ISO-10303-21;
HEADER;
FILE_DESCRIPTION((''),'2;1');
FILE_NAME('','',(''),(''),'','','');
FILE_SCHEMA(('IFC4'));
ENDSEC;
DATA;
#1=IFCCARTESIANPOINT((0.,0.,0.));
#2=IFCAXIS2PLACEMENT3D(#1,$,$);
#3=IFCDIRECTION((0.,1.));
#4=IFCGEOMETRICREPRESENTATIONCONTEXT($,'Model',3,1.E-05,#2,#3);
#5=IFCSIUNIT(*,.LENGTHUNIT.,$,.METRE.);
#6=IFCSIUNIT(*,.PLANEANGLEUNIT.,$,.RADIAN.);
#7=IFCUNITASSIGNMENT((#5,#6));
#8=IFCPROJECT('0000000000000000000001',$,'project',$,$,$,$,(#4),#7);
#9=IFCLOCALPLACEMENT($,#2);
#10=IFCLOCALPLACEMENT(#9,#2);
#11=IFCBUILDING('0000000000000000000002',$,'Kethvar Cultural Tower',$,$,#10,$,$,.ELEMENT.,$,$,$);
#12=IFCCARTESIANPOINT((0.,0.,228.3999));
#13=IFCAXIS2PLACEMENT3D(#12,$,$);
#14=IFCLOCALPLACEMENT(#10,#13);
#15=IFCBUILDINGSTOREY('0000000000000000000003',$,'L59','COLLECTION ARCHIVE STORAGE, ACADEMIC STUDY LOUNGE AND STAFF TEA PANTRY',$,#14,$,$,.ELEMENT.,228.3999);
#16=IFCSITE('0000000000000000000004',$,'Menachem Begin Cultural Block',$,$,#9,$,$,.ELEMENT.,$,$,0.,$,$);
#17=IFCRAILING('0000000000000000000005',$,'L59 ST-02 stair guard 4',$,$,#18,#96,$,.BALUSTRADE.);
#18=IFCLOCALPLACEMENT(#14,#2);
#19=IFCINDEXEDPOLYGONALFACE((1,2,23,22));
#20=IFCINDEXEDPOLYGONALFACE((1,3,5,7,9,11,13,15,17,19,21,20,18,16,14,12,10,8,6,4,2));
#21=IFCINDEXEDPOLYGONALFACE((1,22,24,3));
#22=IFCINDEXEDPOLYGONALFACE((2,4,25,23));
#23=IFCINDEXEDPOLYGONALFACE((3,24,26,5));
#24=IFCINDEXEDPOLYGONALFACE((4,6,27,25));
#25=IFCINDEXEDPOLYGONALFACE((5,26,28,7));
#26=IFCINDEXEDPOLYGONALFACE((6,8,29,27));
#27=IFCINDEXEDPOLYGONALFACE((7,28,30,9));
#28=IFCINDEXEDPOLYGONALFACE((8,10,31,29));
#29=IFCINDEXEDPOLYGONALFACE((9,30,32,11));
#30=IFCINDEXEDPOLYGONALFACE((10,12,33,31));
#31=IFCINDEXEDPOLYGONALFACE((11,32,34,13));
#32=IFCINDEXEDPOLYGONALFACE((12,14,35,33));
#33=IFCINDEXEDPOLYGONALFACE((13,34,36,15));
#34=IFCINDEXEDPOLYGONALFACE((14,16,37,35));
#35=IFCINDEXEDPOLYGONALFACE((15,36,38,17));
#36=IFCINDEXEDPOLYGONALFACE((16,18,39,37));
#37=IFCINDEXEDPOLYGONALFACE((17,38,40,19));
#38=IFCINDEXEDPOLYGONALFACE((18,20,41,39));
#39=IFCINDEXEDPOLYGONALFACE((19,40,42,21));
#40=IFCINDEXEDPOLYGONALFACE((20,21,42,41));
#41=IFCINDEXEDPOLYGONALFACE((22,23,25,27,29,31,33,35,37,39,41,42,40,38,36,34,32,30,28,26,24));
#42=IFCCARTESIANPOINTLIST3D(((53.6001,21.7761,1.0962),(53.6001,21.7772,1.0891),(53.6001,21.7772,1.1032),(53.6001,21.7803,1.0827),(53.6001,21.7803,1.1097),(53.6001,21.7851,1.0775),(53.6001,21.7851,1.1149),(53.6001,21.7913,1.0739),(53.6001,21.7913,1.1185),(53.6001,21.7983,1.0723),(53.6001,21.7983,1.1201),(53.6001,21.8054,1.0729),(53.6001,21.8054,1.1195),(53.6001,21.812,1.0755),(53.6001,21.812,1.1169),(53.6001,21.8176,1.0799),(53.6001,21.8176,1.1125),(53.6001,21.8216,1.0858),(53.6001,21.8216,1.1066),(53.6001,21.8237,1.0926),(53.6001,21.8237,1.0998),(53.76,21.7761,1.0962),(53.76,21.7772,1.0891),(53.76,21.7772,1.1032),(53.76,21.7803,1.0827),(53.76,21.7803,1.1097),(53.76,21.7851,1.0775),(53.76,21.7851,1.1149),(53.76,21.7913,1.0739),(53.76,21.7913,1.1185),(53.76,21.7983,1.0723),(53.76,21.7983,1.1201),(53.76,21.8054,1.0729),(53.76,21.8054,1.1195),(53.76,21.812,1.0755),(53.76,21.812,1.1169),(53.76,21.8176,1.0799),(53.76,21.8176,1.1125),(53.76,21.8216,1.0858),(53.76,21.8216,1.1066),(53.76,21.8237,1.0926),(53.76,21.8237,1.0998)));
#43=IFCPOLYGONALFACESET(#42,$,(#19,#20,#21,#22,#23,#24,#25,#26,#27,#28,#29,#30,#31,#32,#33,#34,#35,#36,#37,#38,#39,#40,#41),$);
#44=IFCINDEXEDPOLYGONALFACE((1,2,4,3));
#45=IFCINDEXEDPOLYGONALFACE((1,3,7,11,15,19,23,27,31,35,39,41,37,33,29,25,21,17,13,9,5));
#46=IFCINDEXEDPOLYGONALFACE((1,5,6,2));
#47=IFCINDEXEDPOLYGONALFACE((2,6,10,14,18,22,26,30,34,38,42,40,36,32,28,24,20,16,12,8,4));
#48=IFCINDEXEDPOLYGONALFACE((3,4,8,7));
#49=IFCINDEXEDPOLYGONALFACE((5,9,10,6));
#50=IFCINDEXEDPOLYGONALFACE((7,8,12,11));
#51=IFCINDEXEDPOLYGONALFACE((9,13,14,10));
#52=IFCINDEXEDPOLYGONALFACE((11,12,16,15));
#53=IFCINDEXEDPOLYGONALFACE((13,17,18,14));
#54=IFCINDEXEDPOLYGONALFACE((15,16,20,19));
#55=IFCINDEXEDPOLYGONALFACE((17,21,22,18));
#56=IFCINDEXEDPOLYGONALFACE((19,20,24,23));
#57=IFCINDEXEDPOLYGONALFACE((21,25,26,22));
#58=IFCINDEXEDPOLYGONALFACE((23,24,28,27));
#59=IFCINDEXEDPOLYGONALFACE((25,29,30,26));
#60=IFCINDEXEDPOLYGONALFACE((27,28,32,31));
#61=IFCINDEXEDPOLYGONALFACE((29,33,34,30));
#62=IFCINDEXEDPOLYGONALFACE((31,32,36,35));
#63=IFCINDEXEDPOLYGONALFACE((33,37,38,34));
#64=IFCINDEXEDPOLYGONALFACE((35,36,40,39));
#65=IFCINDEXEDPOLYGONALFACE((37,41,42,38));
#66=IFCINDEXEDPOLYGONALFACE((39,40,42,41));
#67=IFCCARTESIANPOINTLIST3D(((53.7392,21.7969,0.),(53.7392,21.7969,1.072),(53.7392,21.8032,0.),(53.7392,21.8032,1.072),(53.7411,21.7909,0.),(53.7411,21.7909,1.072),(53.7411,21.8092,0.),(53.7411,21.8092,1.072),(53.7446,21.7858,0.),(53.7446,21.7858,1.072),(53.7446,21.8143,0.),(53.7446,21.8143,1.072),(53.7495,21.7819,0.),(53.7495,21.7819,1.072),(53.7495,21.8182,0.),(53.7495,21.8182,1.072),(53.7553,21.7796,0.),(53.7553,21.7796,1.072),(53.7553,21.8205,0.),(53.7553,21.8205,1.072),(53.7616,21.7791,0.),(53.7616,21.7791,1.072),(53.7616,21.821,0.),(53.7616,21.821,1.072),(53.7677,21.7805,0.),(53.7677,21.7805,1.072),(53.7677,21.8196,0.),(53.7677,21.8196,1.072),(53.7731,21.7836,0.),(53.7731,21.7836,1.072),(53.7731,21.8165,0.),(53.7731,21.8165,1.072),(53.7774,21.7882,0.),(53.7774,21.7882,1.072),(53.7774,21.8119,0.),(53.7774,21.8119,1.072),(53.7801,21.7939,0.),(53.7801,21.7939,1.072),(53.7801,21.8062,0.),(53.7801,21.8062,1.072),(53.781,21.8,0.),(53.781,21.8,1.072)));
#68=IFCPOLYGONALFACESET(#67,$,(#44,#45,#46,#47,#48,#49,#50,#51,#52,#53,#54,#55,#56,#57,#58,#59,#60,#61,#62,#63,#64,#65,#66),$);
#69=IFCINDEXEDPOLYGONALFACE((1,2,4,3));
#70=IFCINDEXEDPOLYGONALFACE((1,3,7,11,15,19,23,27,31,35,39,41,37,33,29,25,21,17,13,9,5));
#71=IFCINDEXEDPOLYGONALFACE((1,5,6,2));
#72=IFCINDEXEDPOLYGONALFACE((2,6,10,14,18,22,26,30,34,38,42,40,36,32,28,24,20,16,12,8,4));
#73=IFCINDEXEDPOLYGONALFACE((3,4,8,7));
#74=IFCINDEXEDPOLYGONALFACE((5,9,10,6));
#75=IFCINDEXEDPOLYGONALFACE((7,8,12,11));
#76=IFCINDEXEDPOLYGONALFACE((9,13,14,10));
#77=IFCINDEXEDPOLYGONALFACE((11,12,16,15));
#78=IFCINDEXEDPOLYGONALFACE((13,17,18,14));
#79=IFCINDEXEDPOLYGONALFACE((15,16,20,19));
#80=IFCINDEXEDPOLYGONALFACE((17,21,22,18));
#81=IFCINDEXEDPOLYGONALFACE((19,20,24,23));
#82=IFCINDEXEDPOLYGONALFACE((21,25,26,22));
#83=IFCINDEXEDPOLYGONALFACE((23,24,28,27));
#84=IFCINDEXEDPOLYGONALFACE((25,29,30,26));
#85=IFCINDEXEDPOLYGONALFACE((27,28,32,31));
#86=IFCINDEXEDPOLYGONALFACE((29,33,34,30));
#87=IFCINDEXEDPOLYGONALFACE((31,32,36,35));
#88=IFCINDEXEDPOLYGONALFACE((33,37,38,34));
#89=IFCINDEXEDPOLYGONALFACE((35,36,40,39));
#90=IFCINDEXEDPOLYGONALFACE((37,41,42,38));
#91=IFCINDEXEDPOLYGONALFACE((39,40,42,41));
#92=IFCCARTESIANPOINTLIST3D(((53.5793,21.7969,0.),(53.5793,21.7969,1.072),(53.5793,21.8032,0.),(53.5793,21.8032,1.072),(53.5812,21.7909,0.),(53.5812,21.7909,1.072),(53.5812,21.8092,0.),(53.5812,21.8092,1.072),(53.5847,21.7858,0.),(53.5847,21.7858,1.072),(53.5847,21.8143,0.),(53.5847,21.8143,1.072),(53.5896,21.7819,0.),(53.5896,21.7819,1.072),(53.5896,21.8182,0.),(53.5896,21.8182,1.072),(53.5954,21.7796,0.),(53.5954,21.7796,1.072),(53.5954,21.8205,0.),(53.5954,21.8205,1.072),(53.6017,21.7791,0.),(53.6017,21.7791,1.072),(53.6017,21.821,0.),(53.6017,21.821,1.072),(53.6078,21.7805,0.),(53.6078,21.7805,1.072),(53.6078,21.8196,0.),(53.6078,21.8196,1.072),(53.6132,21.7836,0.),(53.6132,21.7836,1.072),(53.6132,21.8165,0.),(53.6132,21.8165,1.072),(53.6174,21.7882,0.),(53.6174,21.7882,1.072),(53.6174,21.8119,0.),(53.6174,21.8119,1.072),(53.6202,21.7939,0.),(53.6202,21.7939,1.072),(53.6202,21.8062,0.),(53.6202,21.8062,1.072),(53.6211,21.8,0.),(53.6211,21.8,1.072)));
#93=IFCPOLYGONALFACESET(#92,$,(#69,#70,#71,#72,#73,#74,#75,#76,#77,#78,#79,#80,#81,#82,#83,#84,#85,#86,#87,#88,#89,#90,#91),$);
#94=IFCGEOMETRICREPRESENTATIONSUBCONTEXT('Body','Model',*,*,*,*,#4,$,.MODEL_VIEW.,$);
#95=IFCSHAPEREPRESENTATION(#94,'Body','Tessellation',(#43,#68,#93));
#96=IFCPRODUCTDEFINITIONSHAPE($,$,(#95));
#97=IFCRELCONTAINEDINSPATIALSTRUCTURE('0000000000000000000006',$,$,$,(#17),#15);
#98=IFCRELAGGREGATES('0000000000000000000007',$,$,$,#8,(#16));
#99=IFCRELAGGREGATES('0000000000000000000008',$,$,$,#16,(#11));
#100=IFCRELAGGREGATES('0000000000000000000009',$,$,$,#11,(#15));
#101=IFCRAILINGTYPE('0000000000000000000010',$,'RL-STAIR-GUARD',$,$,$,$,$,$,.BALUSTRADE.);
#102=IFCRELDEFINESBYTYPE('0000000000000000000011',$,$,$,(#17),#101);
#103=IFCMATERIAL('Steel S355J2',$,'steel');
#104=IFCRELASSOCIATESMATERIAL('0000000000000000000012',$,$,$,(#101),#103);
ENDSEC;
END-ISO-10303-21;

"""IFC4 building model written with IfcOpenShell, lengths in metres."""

from ifc_helpers import new_model, si_unit, direction, frame, origin, origin_2d, place, context, subcontext, project, spatial, circle, extrude, material, type_object, element, save


model = new_model("IFC4")

# Units and contexts
model_context = context("Model", 3, precision=1e-05, world=origin(), true_north=direction((0.0, 1.0)))
body_context = subcontext(model_context, "Body", "Model", "MODEL_VIEW")
ifc_project = project(units=[si_unit("LENGTHUNIT", "METRE"), si_unit("PLANEANGLEUNIT", "RADIAN")], contexts=[model_context])

# Site, building, storey
site_placement = place(None, origin())
site = spatial("IfcSite", under=ifc_project, at=site_placement, Name="Menachem Begin Cultural Block", CompositionType="ELEMENT", RefElevation=0.0)
building_placement = place(site_placement, origin())
building = spatial("IfcBuilding", under=site, at=building_placement, Name="Kethvar Cultural Tower", CompositionType="ELEMENT")
storey_placement = place(building_placement, frame((0.0, 0.0, 228.3999)))
storey = spatial("IfcBuildingStorey", under=building, at=storey_placement, Name="L59", Description="COLLECTION ARCHIVE STORAGE, ACADEMIC STUDY LOUNGE AND STAFF TEA PANTRY", CompositionType="ELEMENT", Elevation=228.3999)

# Shared definitions
ifc_material_1 = material(Name="Steel S355J2", Category="steel")

# Railing
railing_type_1 = type_object("IfcRailingType", Name="RL-STAIR-GUARD", PredefinedType="BALUSTRADE", material=ifc_material_1)
railing_1_placement = place(storey_placement, frame((53.76, 21.8, 0.0)))
element("IfcRailing", 1, at=railing_1_placement, inside=storey, type_object=railing_type_1, Name="L59 ST-02 stair guard 4", PredefinedType="BALUSTRADE", context=body_context, shape_type="SweptSolid", body=[
    extrude(circle(Radius=0.0239, at=origin_2d()), frame((0.0, 0.0, 1.0962), z_axis=(-1.0, 0.0, 0.0), x_axis=(0.0, -1.0, 0.0)), (0.0, 0.0, 1.0), 0.1599),
    extrude(circle(Radius=0.021, at=origin_2d()), origin(), (0.0, 0.0, 1.0), 1.072),
    extrude(circle(Radius=0.021, at=origin_2d()), frame((-0.1599, 0.0, 0.0)), (0.0, 0.0, 1.0), 1.072),
])

save(model, "model.ifc")
